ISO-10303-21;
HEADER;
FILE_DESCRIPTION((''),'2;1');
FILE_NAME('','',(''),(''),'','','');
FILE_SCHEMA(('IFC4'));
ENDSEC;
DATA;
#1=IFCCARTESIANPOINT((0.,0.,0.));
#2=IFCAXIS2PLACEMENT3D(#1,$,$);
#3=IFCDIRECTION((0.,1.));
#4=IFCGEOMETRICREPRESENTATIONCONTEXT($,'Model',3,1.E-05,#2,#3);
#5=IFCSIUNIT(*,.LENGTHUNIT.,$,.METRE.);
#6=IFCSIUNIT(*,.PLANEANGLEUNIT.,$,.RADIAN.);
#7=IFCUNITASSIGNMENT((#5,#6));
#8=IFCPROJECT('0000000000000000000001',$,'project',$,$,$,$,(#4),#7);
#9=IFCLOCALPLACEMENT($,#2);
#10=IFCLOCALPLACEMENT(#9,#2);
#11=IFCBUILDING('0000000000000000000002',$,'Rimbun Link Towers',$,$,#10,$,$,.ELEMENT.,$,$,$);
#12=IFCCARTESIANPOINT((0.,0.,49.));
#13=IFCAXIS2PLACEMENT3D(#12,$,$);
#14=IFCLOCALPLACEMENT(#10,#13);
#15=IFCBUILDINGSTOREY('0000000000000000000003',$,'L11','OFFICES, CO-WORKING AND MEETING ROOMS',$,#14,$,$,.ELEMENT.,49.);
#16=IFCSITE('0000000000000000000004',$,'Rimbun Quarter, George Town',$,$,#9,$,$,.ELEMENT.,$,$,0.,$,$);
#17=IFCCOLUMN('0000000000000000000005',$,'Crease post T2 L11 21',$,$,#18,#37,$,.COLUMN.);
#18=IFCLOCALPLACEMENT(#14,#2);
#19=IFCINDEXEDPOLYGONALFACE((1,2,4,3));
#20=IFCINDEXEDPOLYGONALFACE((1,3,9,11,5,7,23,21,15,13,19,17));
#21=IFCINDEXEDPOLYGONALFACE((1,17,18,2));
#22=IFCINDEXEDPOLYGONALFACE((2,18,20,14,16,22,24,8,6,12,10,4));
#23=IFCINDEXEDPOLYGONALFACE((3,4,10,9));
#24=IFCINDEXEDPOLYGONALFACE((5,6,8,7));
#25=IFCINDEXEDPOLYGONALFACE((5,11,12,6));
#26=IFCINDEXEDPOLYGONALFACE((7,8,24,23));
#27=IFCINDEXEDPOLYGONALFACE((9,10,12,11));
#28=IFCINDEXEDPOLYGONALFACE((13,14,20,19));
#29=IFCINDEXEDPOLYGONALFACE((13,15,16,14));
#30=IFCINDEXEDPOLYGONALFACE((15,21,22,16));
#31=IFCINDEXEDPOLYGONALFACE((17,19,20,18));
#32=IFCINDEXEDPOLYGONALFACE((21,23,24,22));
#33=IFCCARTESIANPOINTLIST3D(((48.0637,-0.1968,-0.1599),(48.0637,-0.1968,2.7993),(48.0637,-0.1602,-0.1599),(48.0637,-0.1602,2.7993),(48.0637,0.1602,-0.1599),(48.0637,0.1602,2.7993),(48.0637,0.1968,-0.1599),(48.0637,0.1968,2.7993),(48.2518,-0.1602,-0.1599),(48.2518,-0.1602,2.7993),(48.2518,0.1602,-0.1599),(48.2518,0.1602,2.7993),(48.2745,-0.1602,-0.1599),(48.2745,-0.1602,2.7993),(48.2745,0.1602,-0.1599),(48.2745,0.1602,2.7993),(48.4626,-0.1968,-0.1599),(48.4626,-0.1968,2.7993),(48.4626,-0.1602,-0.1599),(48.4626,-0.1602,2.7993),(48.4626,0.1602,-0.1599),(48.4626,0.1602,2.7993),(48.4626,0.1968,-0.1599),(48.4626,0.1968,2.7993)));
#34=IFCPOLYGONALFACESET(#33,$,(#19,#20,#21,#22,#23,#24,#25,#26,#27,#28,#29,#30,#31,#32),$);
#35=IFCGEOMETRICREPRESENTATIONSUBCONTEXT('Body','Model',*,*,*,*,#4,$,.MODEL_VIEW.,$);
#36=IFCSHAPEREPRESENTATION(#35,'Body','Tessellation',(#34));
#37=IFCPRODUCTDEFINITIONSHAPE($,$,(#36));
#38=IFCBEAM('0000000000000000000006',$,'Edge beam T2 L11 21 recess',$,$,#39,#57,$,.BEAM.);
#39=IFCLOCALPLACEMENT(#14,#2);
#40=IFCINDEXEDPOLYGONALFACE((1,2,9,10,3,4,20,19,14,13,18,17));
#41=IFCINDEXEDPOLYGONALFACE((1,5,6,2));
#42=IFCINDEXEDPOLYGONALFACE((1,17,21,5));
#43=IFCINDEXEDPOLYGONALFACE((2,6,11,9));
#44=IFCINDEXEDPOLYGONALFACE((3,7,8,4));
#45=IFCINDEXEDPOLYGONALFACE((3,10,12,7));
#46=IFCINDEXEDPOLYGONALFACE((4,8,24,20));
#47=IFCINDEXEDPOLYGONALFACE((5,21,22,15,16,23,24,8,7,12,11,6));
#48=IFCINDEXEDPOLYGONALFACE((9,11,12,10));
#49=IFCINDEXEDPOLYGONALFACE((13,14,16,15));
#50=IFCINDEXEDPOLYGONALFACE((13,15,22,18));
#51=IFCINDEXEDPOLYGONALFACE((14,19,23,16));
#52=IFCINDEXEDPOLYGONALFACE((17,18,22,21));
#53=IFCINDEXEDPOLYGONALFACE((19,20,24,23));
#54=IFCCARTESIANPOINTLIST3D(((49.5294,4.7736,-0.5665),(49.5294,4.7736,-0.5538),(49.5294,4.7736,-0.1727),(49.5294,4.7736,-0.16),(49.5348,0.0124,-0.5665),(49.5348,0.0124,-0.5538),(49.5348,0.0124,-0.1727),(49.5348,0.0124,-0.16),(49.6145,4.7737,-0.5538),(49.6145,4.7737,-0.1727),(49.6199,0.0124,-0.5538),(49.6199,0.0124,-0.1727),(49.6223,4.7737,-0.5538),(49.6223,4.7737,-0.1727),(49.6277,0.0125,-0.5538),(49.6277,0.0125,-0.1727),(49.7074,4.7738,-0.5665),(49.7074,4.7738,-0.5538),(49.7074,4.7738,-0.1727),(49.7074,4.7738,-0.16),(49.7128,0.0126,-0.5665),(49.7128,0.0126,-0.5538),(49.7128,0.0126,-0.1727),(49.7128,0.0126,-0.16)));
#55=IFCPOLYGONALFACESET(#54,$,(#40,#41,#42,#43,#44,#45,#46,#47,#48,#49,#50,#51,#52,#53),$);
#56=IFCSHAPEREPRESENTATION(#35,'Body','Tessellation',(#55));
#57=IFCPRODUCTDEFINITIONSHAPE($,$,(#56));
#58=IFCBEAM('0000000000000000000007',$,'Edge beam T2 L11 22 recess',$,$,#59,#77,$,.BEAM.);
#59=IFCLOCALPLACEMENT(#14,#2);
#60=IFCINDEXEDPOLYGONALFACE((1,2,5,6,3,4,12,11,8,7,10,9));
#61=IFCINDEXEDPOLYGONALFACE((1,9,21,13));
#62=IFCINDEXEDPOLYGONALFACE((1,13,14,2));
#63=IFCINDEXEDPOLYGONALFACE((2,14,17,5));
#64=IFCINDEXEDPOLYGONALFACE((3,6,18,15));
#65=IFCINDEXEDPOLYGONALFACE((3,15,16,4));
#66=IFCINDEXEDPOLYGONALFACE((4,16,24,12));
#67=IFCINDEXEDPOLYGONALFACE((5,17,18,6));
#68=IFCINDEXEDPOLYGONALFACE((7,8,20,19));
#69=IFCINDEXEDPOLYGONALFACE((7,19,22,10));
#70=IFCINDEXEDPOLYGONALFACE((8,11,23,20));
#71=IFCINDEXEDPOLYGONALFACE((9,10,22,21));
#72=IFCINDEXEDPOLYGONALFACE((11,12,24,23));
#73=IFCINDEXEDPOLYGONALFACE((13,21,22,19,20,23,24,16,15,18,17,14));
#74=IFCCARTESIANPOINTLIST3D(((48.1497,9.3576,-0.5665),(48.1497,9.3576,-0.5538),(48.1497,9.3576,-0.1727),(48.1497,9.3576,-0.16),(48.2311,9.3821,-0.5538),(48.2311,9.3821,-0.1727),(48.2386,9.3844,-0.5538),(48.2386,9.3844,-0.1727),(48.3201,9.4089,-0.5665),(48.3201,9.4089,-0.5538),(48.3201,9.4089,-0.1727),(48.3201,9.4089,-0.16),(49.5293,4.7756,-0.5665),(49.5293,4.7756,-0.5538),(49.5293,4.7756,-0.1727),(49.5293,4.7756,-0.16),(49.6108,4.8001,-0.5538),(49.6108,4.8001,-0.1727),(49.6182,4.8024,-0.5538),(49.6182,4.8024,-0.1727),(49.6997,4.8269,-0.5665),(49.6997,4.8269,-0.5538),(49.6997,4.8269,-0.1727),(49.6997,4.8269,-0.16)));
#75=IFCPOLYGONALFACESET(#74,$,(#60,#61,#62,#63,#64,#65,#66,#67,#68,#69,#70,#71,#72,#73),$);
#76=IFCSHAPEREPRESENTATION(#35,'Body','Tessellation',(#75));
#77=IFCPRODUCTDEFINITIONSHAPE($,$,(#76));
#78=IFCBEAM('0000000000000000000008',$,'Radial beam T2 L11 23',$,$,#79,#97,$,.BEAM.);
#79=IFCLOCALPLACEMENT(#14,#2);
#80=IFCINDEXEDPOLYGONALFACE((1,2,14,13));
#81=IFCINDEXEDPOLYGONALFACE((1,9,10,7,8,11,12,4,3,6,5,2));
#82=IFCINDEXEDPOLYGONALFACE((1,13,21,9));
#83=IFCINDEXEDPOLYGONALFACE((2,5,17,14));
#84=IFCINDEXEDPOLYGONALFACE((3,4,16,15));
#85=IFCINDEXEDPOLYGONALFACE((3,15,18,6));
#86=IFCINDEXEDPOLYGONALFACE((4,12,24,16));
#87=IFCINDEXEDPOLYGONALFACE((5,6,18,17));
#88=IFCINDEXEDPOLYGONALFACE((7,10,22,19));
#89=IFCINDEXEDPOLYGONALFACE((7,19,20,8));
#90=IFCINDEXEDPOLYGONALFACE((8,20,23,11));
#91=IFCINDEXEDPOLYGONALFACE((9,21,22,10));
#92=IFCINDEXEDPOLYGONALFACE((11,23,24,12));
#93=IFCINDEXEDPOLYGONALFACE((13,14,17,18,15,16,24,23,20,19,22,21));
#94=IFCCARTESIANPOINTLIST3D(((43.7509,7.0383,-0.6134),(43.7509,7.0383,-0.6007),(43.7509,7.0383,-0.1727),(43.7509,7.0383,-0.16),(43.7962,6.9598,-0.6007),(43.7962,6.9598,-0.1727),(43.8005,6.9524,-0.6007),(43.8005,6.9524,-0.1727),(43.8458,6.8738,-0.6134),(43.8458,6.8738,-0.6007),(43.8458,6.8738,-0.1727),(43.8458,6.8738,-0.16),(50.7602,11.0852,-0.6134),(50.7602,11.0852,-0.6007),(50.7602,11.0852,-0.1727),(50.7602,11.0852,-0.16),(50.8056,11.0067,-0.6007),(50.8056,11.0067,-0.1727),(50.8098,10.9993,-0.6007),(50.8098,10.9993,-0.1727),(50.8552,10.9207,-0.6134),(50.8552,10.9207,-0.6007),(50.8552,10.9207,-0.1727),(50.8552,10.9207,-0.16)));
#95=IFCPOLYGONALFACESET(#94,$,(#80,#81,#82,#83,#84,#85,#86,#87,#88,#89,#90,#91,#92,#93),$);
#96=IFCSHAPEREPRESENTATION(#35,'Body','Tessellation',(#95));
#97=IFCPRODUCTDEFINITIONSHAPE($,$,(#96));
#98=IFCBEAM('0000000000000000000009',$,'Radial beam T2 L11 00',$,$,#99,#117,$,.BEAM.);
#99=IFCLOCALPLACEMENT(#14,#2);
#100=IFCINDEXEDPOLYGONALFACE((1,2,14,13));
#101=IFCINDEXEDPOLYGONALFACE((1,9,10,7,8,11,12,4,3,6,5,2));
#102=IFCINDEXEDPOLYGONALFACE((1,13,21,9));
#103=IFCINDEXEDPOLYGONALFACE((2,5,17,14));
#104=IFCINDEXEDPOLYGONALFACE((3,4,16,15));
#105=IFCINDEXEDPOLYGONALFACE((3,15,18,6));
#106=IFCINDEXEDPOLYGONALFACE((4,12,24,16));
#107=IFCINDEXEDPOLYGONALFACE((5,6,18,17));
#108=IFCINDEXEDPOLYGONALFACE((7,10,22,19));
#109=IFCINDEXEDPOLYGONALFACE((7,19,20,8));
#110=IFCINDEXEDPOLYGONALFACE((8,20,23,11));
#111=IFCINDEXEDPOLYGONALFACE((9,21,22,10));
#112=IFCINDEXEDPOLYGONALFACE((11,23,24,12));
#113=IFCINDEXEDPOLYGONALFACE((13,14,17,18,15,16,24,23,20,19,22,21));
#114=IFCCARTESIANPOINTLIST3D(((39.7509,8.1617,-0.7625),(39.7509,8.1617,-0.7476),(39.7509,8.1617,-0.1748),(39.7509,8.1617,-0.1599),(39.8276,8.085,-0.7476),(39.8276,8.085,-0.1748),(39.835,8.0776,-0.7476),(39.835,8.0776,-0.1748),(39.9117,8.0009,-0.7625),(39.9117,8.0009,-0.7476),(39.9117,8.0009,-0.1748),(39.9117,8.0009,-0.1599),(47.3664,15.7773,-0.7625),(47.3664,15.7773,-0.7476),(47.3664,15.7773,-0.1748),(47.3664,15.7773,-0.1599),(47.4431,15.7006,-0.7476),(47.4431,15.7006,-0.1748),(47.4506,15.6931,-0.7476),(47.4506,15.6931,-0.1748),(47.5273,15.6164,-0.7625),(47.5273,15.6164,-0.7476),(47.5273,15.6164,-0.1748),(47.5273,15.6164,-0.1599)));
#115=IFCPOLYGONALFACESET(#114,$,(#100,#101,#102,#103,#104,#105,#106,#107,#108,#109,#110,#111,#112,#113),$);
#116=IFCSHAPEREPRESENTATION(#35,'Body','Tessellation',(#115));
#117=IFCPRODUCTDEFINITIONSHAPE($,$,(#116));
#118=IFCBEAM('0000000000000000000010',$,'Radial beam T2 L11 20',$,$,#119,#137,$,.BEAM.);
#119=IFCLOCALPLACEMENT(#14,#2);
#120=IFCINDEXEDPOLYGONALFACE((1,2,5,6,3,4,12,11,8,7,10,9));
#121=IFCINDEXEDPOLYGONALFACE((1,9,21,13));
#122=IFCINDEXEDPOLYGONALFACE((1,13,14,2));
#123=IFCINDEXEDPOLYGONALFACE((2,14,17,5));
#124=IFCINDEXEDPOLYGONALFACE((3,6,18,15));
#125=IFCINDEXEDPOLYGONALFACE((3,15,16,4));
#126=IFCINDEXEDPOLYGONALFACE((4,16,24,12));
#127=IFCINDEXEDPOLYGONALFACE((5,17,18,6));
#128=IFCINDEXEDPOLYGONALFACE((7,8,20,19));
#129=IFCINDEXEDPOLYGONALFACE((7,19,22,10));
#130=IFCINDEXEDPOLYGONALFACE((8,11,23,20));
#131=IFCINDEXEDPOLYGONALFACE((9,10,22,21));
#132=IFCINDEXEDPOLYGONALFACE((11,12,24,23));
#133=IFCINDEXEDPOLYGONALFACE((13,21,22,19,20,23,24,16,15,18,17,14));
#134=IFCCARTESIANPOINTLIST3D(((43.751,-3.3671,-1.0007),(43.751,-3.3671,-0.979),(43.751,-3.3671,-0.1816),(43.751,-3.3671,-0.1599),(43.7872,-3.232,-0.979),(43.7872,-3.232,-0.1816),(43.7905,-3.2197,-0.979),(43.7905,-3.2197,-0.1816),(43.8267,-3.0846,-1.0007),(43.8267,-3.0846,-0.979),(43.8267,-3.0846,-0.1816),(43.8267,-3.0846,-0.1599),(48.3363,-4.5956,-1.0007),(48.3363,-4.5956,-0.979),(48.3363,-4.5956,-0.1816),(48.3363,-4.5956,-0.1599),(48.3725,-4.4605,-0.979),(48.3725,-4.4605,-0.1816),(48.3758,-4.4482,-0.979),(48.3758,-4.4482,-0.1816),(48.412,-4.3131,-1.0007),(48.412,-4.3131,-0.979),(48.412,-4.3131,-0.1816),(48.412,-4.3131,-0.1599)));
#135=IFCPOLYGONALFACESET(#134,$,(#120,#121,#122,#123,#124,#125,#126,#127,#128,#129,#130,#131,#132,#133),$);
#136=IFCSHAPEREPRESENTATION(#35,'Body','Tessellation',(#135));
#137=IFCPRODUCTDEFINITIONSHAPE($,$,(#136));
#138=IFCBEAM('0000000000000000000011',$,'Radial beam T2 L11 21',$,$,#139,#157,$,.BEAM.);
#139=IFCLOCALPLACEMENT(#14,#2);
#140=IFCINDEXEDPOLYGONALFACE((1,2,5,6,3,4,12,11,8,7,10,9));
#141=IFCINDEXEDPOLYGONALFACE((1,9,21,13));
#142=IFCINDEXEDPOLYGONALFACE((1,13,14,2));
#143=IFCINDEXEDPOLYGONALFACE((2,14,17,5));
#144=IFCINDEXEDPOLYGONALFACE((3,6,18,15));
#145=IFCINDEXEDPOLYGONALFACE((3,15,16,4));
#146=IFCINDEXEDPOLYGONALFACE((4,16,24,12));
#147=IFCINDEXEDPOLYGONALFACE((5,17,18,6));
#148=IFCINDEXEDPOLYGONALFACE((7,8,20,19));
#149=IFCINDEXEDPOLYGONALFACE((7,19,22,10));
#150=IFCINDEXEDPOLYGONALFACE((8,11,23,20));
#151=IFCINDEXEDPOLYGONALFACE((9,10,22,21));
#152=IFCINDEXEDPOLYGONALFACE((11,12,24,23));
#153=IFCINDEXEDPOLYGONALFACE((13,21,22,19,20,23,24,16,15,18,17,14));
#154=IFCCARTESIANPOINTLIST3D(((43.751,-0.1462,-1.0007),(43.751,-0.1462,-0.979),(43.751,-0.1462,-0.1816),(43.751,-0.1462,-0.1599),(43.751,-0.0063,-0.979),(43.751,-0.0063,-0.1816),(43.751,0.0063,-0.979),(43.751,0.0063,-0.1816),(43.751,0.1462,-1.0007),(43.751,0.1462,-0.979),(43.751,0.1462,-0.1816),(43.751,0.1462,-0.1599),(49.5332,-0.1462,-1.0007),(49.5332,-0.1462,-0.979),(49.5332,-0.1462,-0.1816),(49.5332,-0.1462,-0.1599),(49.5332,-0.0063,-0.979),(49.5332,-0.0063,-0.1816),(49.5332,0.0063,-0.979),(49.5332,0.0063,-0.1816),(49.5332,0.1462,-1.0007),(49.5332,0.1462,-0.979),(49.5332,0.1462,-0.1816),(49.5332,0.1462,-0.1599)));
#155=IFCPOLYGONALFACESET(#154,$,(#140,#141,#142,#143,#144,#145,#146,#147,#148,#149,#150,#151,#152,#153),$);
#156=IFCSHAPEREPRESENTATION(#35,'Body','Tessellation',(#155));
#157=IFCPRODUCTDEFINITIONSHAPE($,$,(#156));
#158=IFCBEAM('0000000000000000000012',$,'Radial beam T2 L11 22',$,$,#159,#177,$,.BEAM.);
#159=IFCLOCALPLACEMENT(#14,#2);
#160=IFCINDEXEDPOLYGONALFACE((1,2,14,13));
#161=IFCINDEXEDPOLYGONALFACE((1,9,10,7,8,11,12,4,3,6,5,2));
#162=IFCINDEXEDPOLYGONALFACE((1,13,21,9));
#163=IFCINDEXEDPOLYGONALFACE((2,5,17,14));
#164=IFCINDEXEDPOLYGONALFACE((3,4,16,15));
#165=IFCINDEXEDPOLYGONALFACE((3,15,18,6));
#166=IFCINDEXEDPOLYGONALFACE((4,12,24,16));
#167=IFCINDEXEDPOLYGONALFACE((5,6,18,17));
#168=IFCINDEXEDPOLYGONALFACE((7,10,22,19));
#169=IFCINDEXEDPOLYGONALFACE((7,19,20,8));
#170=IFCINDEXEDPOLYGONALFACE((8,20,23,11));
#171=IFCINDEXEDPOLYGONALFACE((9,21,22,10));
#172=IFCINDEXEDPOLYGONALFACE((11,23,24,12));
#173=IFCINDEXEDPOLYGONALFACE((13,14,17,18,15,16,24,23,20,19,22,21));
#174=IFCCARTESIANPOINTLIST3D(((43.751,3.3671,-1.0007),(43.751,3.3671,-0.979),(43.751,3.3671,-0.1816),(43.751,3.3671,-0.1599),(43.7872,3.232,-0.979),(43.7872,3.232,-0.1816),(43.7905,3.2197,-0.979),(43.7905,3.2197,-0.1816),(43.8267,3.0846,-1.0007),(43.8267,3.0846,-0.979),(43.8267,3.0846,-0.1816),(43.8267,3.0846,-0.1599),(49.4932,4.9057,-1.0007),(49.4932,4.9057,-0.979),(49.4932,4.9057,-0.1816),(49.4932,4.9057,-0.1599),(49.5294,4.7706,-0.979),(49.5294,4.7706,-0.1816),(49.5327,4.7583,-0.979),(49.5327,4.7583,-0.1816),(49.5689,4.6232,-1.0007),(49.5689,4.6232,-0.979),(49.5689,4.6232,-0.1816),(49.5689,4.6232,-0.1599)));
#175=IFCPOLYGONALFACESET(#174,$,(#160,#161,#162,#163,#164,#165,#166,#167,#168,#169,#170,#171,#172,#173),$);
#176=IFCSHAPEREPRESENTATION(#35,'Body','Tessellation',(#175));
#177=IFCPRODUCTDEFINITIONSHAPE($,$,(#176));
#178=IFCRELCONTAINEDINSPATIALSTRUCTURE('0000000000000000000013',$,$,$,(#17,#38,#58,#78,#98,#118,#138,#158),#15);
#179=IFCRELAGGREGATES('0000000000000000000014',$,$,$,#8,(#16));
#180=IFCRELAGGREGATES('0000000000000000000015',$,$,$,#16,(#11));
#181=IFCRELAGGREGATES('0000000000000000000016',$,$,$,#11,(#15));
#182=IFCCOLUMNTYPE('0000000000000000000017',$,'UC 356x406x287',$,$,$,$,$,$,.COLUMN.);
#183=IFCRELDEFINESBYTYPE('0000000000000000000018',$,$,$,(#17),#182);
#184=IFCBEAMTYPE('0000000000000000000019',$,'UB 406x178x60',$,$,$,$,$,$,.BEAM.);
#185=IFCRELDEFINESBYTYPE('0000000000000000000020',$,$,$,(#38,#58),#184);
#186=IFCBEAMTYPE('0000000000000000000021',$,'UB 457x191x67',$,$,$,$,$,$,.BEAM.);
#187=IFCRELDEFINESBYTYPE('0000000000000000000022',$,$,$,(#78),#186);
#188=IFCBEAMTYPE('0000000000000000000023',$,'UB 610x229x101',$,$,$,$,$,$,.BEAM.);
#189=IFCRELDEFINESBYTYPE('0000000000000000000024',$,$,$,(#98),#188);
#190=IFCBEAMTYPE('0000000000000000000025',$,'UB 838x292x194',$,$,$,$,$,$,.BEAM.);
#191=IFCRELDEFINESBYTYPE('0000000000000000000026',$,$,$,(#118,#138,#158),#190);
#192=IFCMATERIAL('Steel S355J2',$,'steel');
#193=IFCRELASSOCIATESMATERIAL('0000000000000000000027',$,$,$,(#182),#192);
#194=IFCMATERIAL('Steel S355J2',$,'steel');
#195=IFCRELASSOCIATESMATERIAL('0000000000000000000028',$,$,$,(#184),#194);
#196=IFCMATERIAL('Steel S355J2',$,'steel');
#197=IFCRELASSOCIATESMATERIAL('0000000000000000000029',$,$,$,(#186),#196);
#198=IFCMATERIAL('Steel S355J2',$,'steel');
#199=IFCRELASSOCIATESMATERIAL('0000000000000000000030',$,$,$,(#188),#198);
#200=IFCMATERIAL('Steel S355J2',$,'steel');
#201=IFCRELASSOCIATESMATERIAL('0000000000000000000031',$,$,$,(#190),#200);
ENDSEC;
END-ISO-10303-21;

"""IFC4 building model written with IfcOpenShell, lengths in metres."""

from ifc_helpers import new_model, si_unit, direction, frame, origin, origin_2d, place, context, subcontext, project, spatial, i_section, extrude, material, material_profile, profile_set, type_object, element, save


model = new_model("IFC4")

# Units and contexts
model_context = context("Model", 3, precision=1e-05, world=origin(), true_north=direction((0.0, 1.0)))
body_context = subcontext(model_context, "Body", "Model", "MODEL_VIEW")
ifc_project = project(units=[si_unit("LENGTHUNIT", "METRE"), si_unit("PLANEANGLEUNIT", "RADIAN")], contexts=[model_context])

# Site, building, storey
site_placement = place(None, origin())
site = spatial("IfcSite", under=ifc_project, at=site_placement, Name="Rimbun Quarter, George Town", CompositionType="ELEMENT", RefElevation=0.0)
building_placement = place(site_placement, origin())
building = spatial("IfcBuilding", under=site, at=building_placement, Name="Rimbun Link Towers", CompositionType="ELEMENT")
storey_placement = place(building_placement, frame((0.0, 0.0, 49.0)))
storey = spatial("IfcBuildingStorey", under=building, at=storey_placement, Name="L11", Description="OFFICES, CO-WORKING AND MEETING ROOMS", CompositionType="ELEMENT", Elevation=49.0)

# Column
ifc_material_1 = material(Name="Steel S355J2", Category="steel")
ifc_material_profile_1 = material_profile(ifc_material_1, i_section(OverallWidth=0.3989, OverallDepth=0.3936, WebThickness=0.0227, FlangeThickness=0.0366, at=origin_2d()), Name="UC 356x406x287")
ifc_profile_set_1 = profile_set([ifc_material_profile_1], Name="Steel S355J2")
column_type = type_object("IfcColumnType", Name="UC 356x406x287", PredefinedType="COLUMN", material=ifc_profile_set_1)
column_placement = place(storey_placement, frame((48.2632, 0.0, -0.1599), z_axis=(0.0, 0.0, 1.0), x_axis=(1.0, 0.0, 0.0)))
element("IfcColumn", 1, at=column_placement, inside=storey, type_object=column_type, Name="Crease post T2 L11 21", PredefinedType="COLUMN", context=body_context, shape_type="SweptSolid", body=[
    extrude(i_section(OverallWidth=0.3989, OverallDepth=0.3936, WebThickness=0.0227, FlangeThickness=0.0366, at=origin_2d()), origin(), (0.0, 0.0, 1.0), 2.9592),
])

# Beams
ifc_material_2 = material(Name="Steel S355J2", Category="steel")
ifc_material_profile_2 = material_profile(ifc_material_2, i_section(OverallWidth=0.178, OverallDepth=0.4065, WebThickness=0.0078, FlangeThickness=0.0127, at=origin_2d()), Name="UB 406x178x60")
ifc_profile_set_2 = profile_set([ifc_material_profile_2], Name="Steel S355J2")
beam_type_1 = type_object("IfcBeamType", Name="UB 406x178x60", PredefinedType="BEAM", material=ifc_profile_set_2)
beam_1_placement = place(storey_placement, frame((49.6238, 0.0125, -0.3633), z_axis=(-0.001128, 0.999999, 0.0), x_axis=(-0.999999, -0.001128, 0.0)))
element("IfcBeam", 2, at=beam_1_placement, inside=storey, type_object=beam_type_1, Name="Edge beam T2 L11 21 recess", PredefinedType="BEAM", context=body_context, shape_type="SweptSolid", body=[
    extrude(i_section(OverallWidth=0.178, OverallDepth=0.4065, WebThickness=0.0078, FlangeThickness=0.0127, at=origin_2d()), origin(), (0.0, 0.0, 1.0), 4.7612),
])
beam_2_placement = place(storey_placement, frame((49.6145, 4.8013, -0.3633), z_axis=(-0.288312, 0.957537, 0.0), x_axis=(-0.957537, -0.288312, 0.0)))
element("IfcBeam", 3, at=beam_2_placement, inside=storey, type_object=beam_type_1, Name="Edge beam T2 L11 22 recess", PredefinedType="BEAM", context=body_context, shape_type="SweptSolid", body=[
    extrude(i_section(OverallWidth=0.178, OverallDepth=0.4065, WebThickness=0.0078, FlangeThickness=0.0127, at=origin_2d()), origin(), (0.0, 0.0, 1.0), 4.7852),
])
ifc_material_3 = material(Name="Steel S355J2", Category="steel")
ifc_material_profile_3 = material_profile(ifc_material_3, i_section(OverallWidth=0.1899, OverallDepth=0.4534, WebThickness=0.0085, FlangeThickness=0.0127, at=origin_2d()), Name="UB 457x191x67")
ifc_profile_set_3 = profile_set([ifc_material_profile_3], Name="Steel S355J2")
beam_type_2 = type_object("IfcBeamType", Name="UB 457x191x67", PredefinedType="BEAM", material=ifc_profile_set_3)
beam_3_placement = place(storey_placement, frame((43.7983, 6.9561, -0.3867), z_axis=(0.866022, 0.500006, 0.0), x_axis=(-0.500006, 0.866022, 0.0)))
element("IfcBeam", 4, at=beam_3_placement, inside=storey, type_object=beam_type_2, Name="Radial beam T2 L11 23", PredefinedType="BEAM", context=body_context, shape_type="SweptSolid", body=[
    extrude(i_section(OverallWidth=0.1899, OverallDepth=0.4534, WebThickness=0.0085, FlangeThickness=0.0127, at=origin_2d()), origin(), (0.0, 0.0, 1.0), 8.0938),
])
ifc_material_4 = material(Name="Steel S355J2", Category="steel")
ifc_material_profile_4 = material_profile(ifc_material_4, i_section(OverallWidth=0.2275, OverallDepth=0.6025, WebThickness=0.0105, FlangeThickness=0.0149, at=origin_2d()), Name="UB 610x229x101")
ifc_profile_set_4 = profile_set([ifc_material_profile_4], Name="Steel S355J2")
beam_type_3 = type_object("IfcBeamType", Name="UB 610x229x101", PredefinedType="BEAM", material=ifc_profile_set_4)
beam_4_placement = place(storey_placement, frame((39.8313, 8.0813, -0.4612), z_axis=(0.707107, 0.707107, 0.0), x_axis=(-0.707107, 0.707107, 0.0)))
element("IfcBeam", 5, at=beam_4_placement, inside=storey, type_object=beam_type_3, Name="Radial beam T2 L11 00", PredefinedType="BEAM", context=body_context, shape_type="SweptSolid", body=[
    extrude(i_section(OverallWidth=0.2275, OverallDepth=0.6025, WebThickness=0.0105, FlangeThickness=0.0149, at=origin_2d()), origin(), (0.0, 0.0, 1.0), 10.77),
])
ifc_material_5 = material(Name="Steel S355J2", Category="steel")
ifc_material_profile_5 = material_profile(ifc_material_5, i_section(OverallWidth=0.2925, OverallDepth=0.8408, WebThickness=0.0127, FlangeThickness=0.0217, at=origin_2d()), Name="UB 838x292x194")
ifc_profile_set_5 = profile_set([ifc_material_profile_5], Name="Steel S355J2")
beam_type_4 = type_object("IfcBeamType", Name="UB 838x292x194", PredefinedType="BEAM", material=ifc_profile_set_5)
beam_5_placement = place(storey_placement, frame((43.7888, -3.2258, -0.5803), z_axis=(0.965934, -0.258789, 0.0), x_axis=(0.258789, 0.965934, 0.0)))
element("IfcBeam", 6, at=beam_5_placement, inside=storey, type_object=beam_type_4, Name="Radial beam T2 L11 20", PredefinedType="BEAM", context=body_context, shape_type="SweptSolid", body=[
    extrude(i_section(OverallWidth=0.2925, OverallDepth=0.8408, WebThickness=0.0127, FlangeThickness=0.0217, at=origin_2d()), origin(), (0.0, 0.0, 1.0), 4.7471),
])
beam_6_placement = place(storey_placement, frame((43.751, 0.0, -0.5803), z_axis=(1.0, 0.0, 0.0), x_axis=(0.0, 1.0, 0.0)))
element("IfcBeam", 7, at=beam_6_placement, inside=storey, type_object=beam_type_4, Name="Radial beam T2 L11 21", PredefinedType="BEAM", context=body_context, shape_type="SweptSolid", body=[
    extrude(i_section(OverallWidth=0.2925, OverallDepth=0.8408, WebThickness=0.0127, FlangeThickness=0.0217, at=origin_2d()), origin(), (0.0, 0.0, 1.0), 5.7822),
])
beam_7_placement = place(storey_placement, frame((43.7888, 3.2258, -0.5803), z_axis=(0.965928, 0.258813, 0.0), x_axis=(-0.258813, 0.965928, 0.0)))
element("IfcBeam", 8, at=beam_7_placement, inside=storey, type_object=beam_type_4, Name="Radial beam T2 L11 22", PredefinedType="BEAM", context=body_context, shape_type="SweptSolid", body=[
    extrude(i_section(OverallWidth=0.2925, OverallDepth=0.8408, WebThickness=0.0127, FlangeThickness=0.0217, at=origin_2d()), origin(), (0.0, 0.0, 1.0), 5.9448),
])

save(model, "model.ifc")
